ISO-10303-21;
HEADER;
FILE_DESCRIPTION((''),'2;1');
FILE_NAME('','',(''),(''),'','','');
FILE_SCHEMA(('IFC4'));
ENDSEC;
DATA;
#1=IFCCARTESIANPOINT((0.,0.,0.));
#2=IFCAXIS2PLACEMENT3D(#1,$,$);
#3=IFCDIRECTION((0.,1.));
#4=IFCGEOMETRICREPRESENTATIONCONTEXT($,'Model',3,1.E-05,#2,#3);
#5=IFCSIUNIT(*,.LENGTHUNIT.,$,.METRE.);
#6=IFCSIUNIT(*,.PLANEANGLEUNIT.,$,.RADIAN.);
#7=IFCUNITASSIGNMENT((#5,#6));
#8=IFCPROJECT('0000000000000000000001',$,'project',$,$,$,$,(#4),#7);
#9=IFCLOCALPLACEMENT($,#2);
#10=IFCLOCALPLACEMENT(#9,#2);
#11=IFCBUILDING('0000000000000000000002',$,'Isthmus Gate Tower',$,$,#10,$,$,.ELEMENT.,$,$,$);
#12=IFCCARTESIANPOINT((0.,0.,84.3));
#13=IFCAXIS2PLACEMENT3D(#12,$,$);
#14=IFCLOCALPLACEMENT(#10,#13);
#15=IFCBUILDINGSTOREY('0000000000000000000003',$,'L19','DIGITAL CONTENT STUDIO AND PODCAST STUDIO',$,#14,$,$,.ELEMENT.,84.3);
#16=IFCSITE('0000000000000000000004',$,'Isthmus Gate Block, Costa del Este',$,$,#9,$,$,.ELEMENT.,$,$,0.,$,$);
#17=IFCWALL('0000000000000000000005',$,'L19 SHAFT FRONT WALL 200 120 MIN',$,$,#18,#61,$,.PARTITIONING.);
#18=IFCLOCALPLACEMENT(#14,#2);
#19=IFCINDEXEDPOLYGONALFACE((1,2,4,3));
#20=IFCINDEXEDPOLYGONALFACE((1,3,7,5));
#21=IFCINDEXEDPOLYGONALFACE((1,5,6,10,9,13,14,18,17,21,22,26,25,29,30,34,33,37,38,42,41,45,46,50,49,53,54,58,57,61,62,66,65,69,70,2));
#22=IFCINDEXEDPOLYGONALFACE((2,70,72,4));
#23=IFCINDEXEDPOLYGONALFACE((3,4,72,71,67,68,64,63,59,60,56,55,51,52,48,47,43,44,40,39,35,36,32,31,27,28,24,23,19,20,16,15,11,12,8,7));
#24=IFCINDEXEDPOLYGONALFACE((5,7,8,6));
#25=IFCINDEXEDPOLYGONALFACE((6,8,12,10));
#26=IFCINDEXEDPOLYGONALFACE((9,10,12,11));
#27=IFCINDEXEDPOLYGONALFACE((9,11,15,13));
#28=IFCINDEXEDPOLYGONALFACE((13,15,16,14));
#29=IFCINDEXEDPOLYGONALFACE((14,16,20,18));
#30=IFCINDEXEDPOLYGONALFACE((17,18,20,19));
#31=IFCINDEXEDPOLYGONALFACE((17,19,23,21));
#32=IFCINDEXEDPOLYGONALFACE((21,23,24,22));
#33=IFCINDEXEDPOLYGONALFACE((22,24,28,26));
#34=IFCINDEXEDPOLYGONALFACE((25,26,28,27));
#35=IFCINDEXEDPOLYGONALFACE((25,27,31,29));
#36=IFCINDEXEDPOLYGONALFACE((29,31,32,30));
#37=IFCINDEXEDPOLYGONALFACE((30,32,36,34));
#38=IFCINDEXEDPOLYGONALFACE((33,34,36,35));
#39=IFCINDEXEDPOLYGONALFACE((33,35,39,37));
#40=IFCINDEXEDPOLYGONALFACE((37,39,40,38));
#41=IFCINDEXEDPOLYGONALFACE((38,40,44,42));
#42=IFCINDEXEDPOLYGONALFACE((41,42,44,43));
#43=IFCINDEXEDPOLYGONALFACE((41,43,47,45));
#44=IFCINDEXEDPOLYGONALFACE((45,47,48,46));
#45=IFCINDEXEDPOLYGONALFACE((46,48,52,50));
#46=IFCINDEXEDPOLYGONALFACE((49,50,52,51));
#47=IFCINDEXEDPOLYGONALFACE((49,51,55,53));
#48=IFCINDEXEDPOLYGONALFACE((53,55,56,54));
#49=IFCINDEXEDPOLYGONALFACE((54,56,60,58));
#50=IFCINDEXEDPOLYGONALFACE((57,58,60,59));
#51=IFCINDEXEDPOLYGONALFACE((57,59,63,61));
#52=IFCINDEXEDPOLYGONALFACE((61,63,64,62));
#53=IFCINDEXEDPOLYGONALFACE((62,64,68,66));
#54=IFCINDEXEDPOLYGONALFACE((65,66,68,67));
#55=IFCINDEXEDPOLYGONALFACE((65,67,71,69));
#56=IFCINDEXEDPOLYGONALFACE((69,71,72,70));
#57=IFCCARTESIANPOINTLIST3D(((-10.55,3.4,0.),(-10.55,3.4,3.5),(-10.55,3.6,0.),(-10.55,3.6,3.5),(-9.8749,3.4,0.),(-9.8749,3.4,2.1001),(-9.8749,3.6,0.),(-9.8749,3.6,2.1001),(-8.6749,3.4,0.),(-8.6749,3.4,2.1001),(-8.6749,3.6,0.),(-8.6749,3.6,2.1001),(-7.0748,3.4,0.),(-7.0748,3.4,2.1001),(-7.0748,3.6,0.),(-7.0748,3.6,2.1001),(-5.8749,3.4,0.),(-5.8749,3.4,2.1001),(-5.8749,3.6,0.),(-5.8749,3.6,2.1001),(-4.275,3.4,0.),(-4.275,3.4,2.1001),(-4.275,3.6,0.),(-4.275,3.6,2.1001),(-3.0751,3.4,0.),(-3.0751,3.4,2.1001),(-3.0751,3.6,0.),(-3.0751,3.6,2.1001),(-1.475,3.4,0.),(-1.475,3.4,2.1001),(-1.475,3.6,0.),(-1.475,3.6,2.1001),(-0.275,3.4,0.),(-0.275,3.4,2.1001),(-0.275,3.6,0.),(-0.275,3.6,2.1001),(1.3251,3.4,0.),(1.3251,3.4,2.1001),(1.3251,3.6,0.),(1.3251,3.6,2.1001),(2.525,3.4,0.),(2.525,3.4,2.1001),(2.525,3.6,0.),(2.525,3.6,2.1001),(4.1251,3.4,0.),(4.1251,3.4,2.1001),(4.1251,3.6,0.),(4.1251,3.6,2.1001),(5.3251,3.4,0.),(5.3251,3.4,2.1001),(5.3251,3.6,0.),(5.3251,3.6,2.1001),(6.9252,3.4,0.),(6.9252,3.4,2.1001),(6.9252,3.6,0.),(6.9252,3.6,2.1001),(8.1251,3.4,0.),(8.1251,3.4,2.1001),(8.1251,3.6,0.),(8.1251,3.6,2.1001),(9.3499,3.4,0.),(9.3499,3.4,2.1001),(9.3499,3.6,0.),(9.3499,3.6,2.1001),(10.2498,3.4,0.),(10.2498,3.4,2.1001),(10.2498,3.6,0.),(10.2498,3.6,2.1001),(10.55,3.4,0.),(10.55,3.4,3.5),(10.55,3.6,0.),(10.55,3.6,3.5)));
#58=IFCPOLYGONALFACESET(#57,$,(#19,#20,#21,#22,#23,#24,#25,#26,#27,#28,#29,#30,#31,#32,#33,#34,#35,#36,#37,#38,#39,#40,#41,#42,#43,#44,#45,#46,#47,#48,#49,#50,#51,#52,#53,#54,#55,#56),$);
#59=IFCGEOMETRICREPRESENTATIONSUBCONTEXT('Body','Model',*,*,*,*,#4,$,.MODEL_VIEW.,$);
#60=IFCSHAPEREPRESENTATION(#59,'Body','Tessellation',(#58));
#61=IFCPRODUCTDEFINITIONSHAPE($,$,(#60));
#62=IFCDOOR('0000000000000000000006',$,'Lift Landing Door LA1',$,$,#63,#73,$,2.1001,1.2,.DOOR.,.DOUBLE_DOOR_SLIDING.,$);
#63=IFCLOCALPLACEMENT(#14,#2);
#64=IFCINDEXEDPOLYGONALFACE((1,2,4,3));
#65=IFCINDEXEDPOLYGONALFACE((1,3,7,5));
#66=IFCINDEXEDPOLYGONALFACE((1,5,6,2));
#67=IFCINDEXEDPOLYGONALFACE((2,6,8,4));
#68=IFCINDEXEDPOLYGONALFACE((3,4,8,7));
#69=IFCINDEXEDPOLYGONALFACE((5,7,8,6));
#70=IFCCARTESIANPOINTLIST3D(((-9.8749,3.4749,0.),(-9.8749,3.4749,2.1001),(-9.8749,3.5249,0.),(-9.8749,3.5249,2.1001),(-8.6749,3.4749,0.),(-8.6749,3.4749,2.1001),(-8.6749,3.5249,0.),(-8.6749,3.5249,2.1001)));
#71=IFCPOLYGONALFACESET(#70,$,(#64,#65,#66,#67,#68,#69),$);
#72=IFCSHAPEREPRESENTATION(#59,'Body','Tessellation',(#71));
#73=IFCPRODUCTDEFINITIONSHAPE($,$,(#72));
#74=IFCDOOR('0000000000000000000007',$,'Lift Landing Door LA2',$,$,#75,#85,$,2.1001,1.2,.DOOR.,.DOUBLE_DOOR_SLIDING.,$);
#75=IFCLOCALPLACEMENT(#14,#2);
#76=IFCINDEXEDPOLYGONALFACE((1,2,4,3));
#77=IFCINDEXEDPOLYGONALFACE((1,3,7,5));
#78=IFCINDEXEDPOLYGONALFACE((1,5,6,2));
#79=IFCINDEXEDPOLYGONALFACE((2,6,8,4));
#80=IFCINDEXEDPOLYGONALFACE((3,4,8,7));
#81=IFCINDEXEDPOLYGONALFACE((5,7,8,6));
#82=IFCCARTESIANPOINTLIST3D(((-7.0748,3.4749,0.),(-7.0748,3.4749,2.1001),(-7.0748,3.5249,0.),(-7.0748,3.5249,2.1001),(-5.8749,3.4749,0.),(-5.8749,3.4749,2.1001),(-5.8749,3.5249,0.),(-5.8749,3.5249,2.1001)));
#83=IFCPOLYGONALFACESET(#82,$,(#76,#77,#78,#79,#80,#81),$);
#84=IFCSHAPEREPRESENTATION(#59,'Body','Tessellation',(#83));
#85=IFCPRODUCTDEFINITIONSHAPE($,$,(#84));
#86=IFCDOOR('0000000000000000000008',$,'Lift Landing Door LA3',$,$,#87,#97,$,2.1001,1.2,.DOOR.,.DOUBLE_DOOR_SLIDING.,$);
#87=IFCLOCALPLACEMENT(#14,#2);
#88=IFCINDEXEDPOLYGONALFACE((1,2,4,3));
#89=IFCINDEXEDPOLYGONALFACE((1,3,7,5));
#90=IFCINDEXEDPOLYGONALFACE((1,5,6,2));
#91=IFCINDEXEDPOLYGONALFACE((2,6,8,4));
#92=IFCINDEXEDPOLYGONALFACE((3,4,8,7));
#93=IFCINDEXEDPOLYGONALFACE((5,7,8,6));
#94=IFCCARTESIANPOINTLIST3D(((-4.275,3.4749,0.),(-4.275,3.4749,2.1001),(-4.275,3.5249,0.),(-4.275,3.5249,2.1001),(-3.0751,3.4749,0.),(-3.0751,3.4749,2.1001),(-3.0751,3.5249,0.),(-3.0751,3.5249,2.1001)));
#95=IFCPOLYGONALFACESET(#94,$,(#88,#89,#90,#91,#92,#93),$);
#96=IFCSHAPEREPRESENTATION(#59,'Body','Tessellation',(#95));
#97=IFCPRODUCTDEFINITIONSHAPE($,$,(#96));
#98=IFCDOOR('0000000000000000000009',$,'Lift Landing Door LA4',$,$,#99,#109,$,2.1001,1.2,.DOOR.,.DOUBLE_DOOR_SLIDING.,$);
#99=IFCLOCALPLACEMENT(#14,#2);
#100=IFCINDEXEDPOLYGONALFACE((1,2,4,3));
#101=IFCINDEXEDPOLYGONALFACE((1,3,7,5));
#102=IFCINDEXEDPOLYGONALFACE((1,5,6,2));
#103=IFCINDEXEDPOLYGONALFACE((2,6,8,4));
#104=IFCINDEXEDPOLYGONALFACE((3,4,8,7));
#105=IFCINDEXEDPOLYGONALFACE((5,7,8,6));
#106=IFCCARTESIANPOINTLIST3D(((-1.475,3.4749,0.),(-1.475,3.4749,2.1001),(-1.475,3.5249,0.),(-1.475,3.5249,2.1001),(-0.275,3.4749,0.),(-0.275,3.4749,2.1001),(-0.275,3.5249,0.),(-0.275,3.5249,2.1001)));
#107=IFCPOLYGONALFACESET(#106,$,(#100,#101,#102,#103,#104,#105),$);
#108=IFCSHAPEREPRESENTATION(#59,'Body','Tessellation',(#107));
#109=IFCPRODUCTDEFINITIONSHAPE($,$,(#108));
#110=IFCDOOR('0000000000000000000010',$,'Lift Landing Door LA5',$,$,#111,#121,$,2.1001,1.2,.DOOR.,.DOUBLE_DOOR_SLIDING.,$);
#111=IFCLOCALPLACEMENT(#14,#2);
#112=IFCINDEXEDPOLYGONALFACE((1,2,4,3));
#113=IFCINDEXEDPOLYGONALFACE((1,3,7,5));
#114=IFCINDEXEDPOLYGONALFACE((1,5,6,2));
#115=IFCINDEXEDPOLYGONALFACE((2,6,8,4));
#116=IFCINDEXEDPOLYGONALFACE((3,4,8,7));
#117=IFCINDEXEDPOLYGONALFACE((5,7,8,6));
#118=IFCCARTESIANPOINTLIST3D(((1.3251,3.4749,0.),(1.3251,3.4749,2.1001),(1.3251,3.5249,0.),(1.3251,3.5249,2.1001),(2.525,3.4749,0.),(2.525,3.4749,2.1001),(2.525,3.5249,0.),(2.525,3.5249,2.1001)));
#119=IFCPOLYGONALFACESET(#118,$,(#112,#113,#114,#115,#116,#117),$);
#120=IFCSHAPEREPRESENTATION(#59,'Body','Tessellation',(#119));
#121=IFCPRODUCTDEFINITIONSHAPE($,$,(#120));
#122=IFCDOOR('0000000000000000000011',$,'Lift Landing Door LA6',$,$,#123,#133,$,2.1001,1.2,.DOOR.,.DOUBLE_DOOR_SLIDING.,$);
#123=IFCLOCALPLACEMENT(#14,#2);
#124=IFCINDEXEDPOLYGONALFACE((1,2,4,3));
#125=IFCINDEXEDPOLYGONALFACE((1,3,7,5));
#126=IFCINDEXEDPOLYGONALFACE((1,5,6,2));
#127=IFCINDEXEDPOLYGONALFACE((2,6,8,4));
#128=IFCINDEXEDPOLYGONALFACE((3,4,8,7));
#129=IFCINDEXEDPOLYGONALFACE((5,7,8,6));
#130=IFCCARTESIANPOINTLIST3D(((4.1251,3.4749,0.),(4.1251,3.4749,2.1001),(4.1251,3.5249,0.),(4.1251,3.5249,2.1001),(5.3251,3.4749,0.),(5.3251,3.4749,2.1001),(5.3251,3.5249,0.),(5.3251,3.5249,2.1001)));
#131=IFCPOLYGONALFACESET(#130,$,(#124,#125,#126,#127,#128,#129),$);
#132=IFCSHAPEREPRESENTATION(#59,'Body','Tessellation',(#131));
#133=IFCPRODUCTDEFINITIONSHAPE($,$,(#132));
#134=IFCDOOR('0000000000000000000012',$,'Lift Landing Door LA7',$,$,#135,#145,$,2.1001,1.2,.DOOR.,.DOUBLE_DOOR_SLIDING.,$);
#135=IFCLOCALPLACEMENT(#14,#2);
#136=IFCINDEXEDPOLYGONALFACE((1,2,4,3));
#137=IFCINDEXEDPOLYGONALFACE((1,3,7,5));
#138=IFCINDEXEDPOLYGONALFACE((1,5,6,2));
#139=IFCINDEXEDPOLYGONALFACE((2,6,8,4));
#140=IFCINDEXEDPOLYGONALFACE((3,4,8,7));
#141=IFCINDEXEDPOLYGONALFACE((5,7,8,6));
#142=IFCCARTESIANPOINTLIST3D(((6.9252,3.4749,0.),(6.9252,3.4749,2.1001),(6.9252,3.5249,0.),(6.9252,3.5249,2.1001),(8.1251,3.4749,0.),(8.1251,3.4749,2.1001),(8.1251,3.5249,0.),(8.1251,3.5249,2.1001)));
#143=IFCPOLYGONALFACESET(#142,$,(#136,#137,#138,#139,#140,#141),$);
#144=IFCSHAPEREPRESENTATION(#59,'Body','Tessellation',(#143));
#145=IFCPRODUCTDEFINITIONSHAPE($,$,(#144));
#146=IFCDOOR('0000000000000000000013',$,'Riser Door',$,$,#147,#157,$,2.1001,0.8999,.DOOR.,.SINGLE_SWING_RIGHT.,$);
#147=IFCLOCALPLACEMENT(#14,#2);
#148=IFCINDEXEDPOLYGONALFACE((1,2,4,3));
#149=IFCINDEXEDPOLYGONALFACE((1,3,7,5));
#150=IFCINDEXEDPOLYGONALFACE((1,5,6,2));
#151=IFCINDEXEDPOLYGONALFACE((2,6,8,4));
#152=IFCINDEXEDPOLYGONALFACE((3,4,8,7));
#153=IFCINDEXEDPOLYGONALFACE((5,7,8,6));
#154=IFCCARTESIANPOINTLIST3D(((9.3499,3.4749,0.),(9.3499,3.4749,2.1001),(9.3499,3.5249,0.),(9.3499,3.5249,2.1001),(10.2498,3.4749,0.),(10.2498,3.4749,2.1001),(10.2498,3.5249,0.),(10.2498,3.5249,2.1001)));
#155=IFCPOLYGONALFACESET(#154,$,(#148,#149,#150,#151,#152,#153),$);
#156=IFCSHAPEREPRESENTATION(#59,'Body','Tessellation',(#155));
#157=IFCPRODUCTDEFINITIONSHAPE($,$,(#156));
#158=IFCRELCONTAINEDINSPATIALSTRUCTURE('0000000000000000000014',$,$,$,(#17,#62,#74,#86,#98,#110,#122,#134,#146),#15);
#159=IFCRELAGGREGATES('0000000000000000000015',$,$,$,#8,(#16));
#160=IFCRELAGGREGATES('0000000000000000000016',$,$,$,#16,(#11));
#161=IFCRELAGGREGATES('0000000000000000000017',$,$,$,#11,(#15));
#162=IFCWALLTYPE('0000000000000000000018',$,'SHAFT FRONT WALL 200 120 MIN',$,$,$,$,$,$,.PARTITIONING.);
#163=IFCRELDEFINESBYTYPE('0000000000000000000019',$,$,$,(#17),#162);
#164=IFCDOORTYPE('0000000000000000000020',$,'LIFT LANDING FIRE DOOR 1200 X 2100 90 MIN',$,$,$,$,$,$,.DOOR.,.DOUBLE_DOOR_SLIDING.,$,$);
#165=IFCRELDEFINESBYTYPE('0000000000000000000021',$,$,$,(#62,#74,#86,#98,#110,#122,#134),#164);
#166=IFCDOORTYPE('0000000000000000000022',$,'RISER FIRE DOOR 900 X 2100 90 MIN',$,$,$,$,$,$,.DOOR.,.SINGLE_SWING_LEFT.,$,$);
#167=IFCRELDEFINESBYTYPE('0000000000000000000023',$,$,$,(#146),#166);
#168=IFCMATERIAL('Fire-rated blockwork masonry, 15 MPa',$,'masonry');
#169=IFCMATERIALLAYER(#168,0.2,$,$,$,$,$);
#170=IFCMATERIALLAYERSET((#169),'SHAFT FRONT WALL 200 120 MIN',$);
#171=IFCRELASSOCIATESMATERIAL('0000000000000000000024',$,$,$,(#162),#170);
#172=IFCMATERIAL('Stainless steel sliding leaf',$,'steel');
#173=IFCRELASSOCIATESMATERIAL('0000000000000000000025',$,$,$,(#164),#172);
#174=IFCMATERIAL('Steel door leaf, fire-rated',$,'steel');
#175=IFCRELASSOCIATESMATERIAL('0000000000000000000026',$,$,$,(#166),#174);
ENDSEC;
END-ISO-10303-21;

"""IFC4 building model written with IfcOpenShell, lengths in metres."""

from ifc_helpers import new_model, si_unit, direction, frame, frame_2d, origin, place, context, subcontext, project, spatial, rectangle, extrude, material, layer, layer_set, type_object, element, fill, save


model = new_model("IFC4")

# Units and contexts
model_context = context("Model", 3, precision=1e-05, world=origin(), true_north=direction((0.0, 1.0)))
body_context = subcontext(model_context, "Body", "Model", "MODEL_VIEW")
ifc_project = project(units=[si_unit("LENGTHUNIT", "METRE"), si_unit("PLANEANGLEUNIT", "RADIAN")], contexts=[model_context])

# Site, building, storey
site_placement = place(None, origin())
site = spatial("IfcSite", under=ifc_project, at=site_placement, Name="Isthmus Gate Block, Costa del Este", CompositionType="ELEMENT", RefElevation=0.0)
building_placement = place(site_placement, origin())
building = spatial("IfcBuilding", under=site, at=building_placement, Name="Isthmus Gate Tower", CompositionType="ELEMENT")
storey_placement = place(building_placement, frame((0.0, 0.0, 84.3)))
storey = spatial("IfcBuildingStorey", under=building, at=storey_placement, Name="L19", Description="DIGITAL CONTENT STUDIO AND PODCAST STUDIO", CompositionType="ELEMENT", Elevation=84.3)

# Wall, openings, doors
ifc_material_1 = material(Name="Fire-rated blockwork masonry, 15 MPa", Category="masonry")
ifc_layer_1 = layer(ifc_material_1, 0.2)
ifc_layer_set_1 = layer_set([ifc_layer_1], Name="SHAFT FRONT WALL 200 120 MIN")
wall_type_1 = type_object("IfcWallType", Name="SHAFT FRONT WALL 200 120 MIN", PredefinedType="PARTITIONING", material=ifc_layer_set_1)
wall_1_placement = place(storey_placement, frame((-10.55, 3.5, 0.0), z_axis=(0.0, 0.0, 1.0), x_axis=(1.0, 0.0, 0.0)))
wall_1 = element("IfcWall", 1, at=wall_1_placement, inside=storey, type_object=wall_type_1, Name="L19 SHAFT FRONT WALL 200 120 MIN", PredefinedType="PARTITIONING", context=body_context, shape_type="SweptSolid", body=[
    extrude(rectangle(XDim=21.1001, YDim=0.2, at=frame_2d((10.55, 0.0))), origin(), (0.0, 0.0, 1.0), 3.5),
])
opening_1_placement = place(wall_1_placement, frame((0.675, 0.0, 0.0)))
opening_1 = element("IfcOpeningElement", 2, at=opening_1_placement, cuts=wall_1, PredefinedType="OPENING", context=body_context, shape_type="SweptSolid", body=[
    extrude(rectangle(XDim=1.2, YDim=2.1001, at=frame_2d((0.6001, 1.05))), frame((0.0, 0.1099, 0.0), z_axis=(0.0, -1.0, 0.0), x_axis=(1.0, 0.0, 0.0)), (0.0, 0.0, 1.0), 0.22),
])
opening_2_placement = place(wall_1_placement, frame((3.4751, 0.0, 0.0)))
opening_2 = element("IfcOpeningElement", 3, at=opening_2_placement, cuts=wall_1, PredefinedType="OPENING", context=body_context, shape_type="SweptSolid", body=[
    extrude(rectangle(XDim=1.2, YDim=2.1001, at=frame_2d((0.6001, 1.05))), frame((0.0, 0.1099, 0.0), z_axis=(0.0, -1.0, 0.0), x_axis=(1.0, 0.0, 0.0)), (0.0, 0.0, 1.0), 0.22),
])
opening_3_placement = place(wall_1_placement, frame((6.2749, 0.0, 0.0)))
opening_3 = element("IfcOpeningElement", 4, at=opening_3_placement, cuts=wall_1, PredefinedType="OPENING", context=body_context, shape_type="SweptSolid", body=[
    extrude(rectangle(XDim=1.2, YDim=2.1001, at=frame_2d((0.6001, 1.05))), frame((0.0, 0.1099, 0.0), z_axis=(0.0, -1.0, 0.0), x_axis=(1.0, 0.0, 0.0)), (0.0, 0.0, 1.0), 0.22),
])
opening_4_placement = place(wall_1_placement, frame((9.075, 0.0, 0.0)))
opening_4 = element("IfcOpeningElement", 5, at=opening_4_placement, cuts=wall_1, PredefinedType="OPENING", context=body_context, shape_type="SweptSolid", body=[
    extrude(rectangle(XDim=1.2, YDim=2.1001, at=frame_2d((0.6001, 1.05))), frame((0.0, 0.1099, 0.0), z_axis=(0.0, -1.0, 0.0), x_axis=(1.0, 0.0, 0.0)), (0.0, 0.0, 1.0), 0.22),
])
opening_5_placement = place(wall_1_placement, frame((11.875, 0.0, 0.0)))
opening_5 = element("IfcOpeningElement", 6, at=opening_5_placement, cuts=wall_1, PredefinedType="OPENING", context=body_context, shape_type="SweptSolid", body=[
    extrude(rectangle(XDim=1.2, YDim=2.1001, at=frame_2d((0.6001, 1.05))), frame((0.0, 0.1099, 0.0), z_axis=(0.0, -1.0, 0.0), x_axis=(1.0, 0.0, 0.0)), (0.0, 0.0, 1.0), 0.22),
])
opening_6_placement = place(wall_1_placement, frame((14.675, 0.0, 0.0)))
opening_6 = element("IfcOpeningElement", 7, at=opening_6_placement, cuts=wall_1, PredefinedType="OPENING", context=body_context, shape_type="SweptSolid", body=[
    extrude(rectangle(XDim=1.2, YDim=2.1001, at=frame_2d((0.6001, 1.05))), frame((0.0, 0.1099, 0.0), z_axis=(0.0, -1.0, 0.0), x_axis=(1.0, 0.0, 0.0)), (0.0, 0.0, 1.0), 0.22),
])
opening_7_placement = place(wall_1_placement, frame((17.4751, 0.0, 0.0)))
opening_7 = element("IfcOpeningElement", 8, at=opening_7_placement, cuts=wall_1, PredefinedType="OPENING", context=body_context, shape_type="SweptSolid", body=[
    extrude(rectangle(XDim=1.2, YDim=2.1001, at=frame_2d((0.6001, 1.05))), frame((0.0, 0.1099, 0.0), z_axis=(0.0, -1.0, 0.0), x_axis=(1.0, 0.0, 0.0)), (0.0, 0.0, 1.0), 0.22),
])
opening_8_placement = place(wall_1_placement, frame((19.8999, 0.0, 0.0)))
opening_8 = element("IfcOpeningElement", 9, at=opening_8_placement, cuts=wall_1, PredefinedType="OPENING", context=body_context, shape_type="SweptSolid", body=[
    extrude(rectangle(XDim=0.8999, YDim=2.1001, at=frame_2d((0.45, 1.05))), frame((0.0, 0.1099, 0.0), z_axis=(0.0, -1.0, 0.0), x_axis=(1.0, 0.0, 0.0)), (0.0, 0.0, 1.0), 0.22),
])
ifc_material_2 = material(Name="Stainless steel sliding leaf", Category="steel")
door_type_1 = type_object("IfcDoorType", Name="LIFT LANDING FIRE DOOR 1200 X 2100 90 MIN", OperationType="DOUBLE_DOOR_SLIDING", PredefinedType="DOOR", material=ifc_material_2)
door_1_placement = place(opening_1_placement, origin())
door_1 = element("IfcDoor", 10, at=door_1_placement, inside=storey, type_object=door_type_1, Name="Lift Landing Door LA1", OperationType="DOUBLE_DOOR_SLIDING", OverallHeight=2.1001, OverallWidth=1.2, PredefinedType="DOOR", context=body_context, shape_type="SweptSolid", body=[
    extrude(rectangle(XDim=1.2, YDim=2.1001, at=frame_2d((0.6001, 1.05))), frame((0.0, 0.0249, 0.0), z_axis=(0.0, -1.0, 0.0), x_axis=(1.0, 0.0, 0.0)), (0.0, 0.0, 1.0), 0.05),
])
fill(opening_1, door_1)
door_2_placement = place(opening_2_placement, origin())
door_2 = element("IfcDoor", 11, at=door_2_placement, inside=storey, type_object=door_type_1, Name="Lift Landing Door LA2", OperationType="DOUBLE_DOOR_SLIDING", OverallHeight=2.1001, OverallWidth=1.2, PredefinedType="DOOR", context=body_context, shape_type="SweptSolid", body=[
    extrude(rectangle(XDim=1.2, YDim=2.1001, at=frame_2d((0.6001, 1.05))), frame((0.0, 0.0249, 0.0), z_axis=(0.0, -1.0, 0.0), x_axis=(1.0, 0.0, 0.0)), (0.0, 0.0, 1.0), 0.05),
])
fill(opening_2, door_2)
door_3_placement = place(opening_3_placement, origin())
door_3 = element("IfcDoor", 12, at=door_3_placement, inside=storey, type_object=door_type_1, Name="Lift Landing Door LA3", OperationType="DOUBLE_DOOR_SLIDING", OverallHeight=2.1001, OverallWidth=1.2, PredefinedType="DOOR", context=body_context, shape_type="SweptSolid", body=[
    extrude(rectangle(XDim=1.2, YDim=2.1001, at=frame_2d((0.6001, 1.05))), frame((0.0, 0.0249, 0.0), z_axis=(0.0, -1.0, 0.0), x_axis=(1.0, 0.0, 0.0)), (0.0, 0.0, 1.0), 0.05),
])
fill(opening_3, door_3)
door_4_placement = place(opening_4_placement, origin())
door_4 = element("IfcDoor", 13, at=door_4_placement, inside=storey, type_object=door_type_1, Name="Lift Landing Door LA4", OperationType="DOUBLE_DOOR_SLIDING", OverallHeight=2.1001, OverallWidth=1.2, PredefinedType="DOOR", context=body_context, shape_type="SweptSolid", body=[
    extrude(rectangle(XDim=1.2, YDim=2.1001, at=frame_2d((0.6001, 1.05))), frame((0.0, 0.0249, 0.0), z_axis=(0.0, -1.0, 0.0), x_axis=(1.0, 0.0, 0.0)), (0.0, 0.0, 1.0), 0.05),
])
fill(opening_4, door_4)
door_5_placement = place(opening_5_placement, origin())
door_5 = element("IfcDoor", 14, at=door_5_placement, inside=storey, type_object=door_type_1, Name="Lift Landing Door LA5", OperationType="DOUBLE_DOOR_SLIDING", OverallHeight=2.1001, OverallWidth=1.2, PredefinedType="DOOR", context=body_context, shape_type="SweptSolid", body=[
    extrude(rectangle(XDim=1.2, YDim=2.1001, at=frame_2d((0.6001, 1.05))), frame((0.0, 0.0249, 0.0), z_axis=(0.0, -1.0, 0.0), x_axis=(1.0, 0.0, 0.0)), (0.0, 0.0, 1.0), 0.05),
])
fill(opening_5, door_5)
door_6_placement = place(opening_6_placement, origin())
door_6 = element("IfcDoor", 15, at=door_6_placement, inside=storey, type_object=door_type_1, Name="Lift Landing Door LA6", OperationType="DOUBLE_DOOR_SLIDING", OverallHeight=2.1001, OverallWidth=1.2, PredefinedType="DOOR", context=body_context, shape_type="SweptSolid", body=[
    extrude(rectangle(XDim=1.2, YDim=2.1001, at=frame_2d((0.6001, 1.05))), frame((0.0, 0.0249, 0.0), z_axis=(0.0, -1.0, 0.0), x_axis=(1.0, 0.0, 0.0)), (0.0, 0.0, 1.0), 0.05),
])
fill(opening_6, door_6)
door_7_placement = place(opening_7_placement, origin())
door_7 = element("IfcDoor", 16, at=door_7_placement, inside=storey, type_object=door_type_1, Name="Lift Landing Door LA7", OperationType="DOUBLE_DOOR_SLIDING", OverallHeight=2.1001, OverallWidth=1.2, PredefinedType="DOOR", context=body_context, shape_type="SweptSolid", body=[
    extrude(rectangle(XDim=1.2, YDim=2.1001, at=frame_2d((0.6001, 1.05))), frame((0.0, 0.0249, 0.0), z_axis=(0.0, -1.0, 0.0), x_axis=(1.0, 0.0, 0.0)), (0.0, 0.0, 1.0), 0.05),
])
fill(opening_7, door_7)
ifc_material_3 = material(Name="Steel door leaf, fire-rated", Category="steel")
door_type_2 = type_object("IfcDoorType", Name="RISER FIRE DOOR 900 X 2100 90 MIN", OperationType="SINGLE_SWING_LEFT", PredefinedType="DOOR", material=ifc_material_3)
door_8_placement = place(opening_8_placement, origin())
door_8 = element("IfcDoor", 17, at=door_8_placement, inside=storey, type_object=door_type_2, Name="Riser Door", OperationType="SINGLE_SWING_RIGHT", OverallHeight=2.1001, OverallWidth=0.8999, PredefinedType="DOOR", context=body_context, shape_type="SweptSolid", body=[
    extrude(rectangle(XDim=0.8999, YDim=2.1001, at=frame_2d((0.45, 1.05))), frame((0.0, 0.0249, 0.0), z_axis=(0.0, -1.0, 0.0), x_axis=(1.0, 0.0, 0.0)), (0.0, 0.0, 1.0), 0.05),
])
fill(opening_8, door_8)

save(model, "model.ifc")
